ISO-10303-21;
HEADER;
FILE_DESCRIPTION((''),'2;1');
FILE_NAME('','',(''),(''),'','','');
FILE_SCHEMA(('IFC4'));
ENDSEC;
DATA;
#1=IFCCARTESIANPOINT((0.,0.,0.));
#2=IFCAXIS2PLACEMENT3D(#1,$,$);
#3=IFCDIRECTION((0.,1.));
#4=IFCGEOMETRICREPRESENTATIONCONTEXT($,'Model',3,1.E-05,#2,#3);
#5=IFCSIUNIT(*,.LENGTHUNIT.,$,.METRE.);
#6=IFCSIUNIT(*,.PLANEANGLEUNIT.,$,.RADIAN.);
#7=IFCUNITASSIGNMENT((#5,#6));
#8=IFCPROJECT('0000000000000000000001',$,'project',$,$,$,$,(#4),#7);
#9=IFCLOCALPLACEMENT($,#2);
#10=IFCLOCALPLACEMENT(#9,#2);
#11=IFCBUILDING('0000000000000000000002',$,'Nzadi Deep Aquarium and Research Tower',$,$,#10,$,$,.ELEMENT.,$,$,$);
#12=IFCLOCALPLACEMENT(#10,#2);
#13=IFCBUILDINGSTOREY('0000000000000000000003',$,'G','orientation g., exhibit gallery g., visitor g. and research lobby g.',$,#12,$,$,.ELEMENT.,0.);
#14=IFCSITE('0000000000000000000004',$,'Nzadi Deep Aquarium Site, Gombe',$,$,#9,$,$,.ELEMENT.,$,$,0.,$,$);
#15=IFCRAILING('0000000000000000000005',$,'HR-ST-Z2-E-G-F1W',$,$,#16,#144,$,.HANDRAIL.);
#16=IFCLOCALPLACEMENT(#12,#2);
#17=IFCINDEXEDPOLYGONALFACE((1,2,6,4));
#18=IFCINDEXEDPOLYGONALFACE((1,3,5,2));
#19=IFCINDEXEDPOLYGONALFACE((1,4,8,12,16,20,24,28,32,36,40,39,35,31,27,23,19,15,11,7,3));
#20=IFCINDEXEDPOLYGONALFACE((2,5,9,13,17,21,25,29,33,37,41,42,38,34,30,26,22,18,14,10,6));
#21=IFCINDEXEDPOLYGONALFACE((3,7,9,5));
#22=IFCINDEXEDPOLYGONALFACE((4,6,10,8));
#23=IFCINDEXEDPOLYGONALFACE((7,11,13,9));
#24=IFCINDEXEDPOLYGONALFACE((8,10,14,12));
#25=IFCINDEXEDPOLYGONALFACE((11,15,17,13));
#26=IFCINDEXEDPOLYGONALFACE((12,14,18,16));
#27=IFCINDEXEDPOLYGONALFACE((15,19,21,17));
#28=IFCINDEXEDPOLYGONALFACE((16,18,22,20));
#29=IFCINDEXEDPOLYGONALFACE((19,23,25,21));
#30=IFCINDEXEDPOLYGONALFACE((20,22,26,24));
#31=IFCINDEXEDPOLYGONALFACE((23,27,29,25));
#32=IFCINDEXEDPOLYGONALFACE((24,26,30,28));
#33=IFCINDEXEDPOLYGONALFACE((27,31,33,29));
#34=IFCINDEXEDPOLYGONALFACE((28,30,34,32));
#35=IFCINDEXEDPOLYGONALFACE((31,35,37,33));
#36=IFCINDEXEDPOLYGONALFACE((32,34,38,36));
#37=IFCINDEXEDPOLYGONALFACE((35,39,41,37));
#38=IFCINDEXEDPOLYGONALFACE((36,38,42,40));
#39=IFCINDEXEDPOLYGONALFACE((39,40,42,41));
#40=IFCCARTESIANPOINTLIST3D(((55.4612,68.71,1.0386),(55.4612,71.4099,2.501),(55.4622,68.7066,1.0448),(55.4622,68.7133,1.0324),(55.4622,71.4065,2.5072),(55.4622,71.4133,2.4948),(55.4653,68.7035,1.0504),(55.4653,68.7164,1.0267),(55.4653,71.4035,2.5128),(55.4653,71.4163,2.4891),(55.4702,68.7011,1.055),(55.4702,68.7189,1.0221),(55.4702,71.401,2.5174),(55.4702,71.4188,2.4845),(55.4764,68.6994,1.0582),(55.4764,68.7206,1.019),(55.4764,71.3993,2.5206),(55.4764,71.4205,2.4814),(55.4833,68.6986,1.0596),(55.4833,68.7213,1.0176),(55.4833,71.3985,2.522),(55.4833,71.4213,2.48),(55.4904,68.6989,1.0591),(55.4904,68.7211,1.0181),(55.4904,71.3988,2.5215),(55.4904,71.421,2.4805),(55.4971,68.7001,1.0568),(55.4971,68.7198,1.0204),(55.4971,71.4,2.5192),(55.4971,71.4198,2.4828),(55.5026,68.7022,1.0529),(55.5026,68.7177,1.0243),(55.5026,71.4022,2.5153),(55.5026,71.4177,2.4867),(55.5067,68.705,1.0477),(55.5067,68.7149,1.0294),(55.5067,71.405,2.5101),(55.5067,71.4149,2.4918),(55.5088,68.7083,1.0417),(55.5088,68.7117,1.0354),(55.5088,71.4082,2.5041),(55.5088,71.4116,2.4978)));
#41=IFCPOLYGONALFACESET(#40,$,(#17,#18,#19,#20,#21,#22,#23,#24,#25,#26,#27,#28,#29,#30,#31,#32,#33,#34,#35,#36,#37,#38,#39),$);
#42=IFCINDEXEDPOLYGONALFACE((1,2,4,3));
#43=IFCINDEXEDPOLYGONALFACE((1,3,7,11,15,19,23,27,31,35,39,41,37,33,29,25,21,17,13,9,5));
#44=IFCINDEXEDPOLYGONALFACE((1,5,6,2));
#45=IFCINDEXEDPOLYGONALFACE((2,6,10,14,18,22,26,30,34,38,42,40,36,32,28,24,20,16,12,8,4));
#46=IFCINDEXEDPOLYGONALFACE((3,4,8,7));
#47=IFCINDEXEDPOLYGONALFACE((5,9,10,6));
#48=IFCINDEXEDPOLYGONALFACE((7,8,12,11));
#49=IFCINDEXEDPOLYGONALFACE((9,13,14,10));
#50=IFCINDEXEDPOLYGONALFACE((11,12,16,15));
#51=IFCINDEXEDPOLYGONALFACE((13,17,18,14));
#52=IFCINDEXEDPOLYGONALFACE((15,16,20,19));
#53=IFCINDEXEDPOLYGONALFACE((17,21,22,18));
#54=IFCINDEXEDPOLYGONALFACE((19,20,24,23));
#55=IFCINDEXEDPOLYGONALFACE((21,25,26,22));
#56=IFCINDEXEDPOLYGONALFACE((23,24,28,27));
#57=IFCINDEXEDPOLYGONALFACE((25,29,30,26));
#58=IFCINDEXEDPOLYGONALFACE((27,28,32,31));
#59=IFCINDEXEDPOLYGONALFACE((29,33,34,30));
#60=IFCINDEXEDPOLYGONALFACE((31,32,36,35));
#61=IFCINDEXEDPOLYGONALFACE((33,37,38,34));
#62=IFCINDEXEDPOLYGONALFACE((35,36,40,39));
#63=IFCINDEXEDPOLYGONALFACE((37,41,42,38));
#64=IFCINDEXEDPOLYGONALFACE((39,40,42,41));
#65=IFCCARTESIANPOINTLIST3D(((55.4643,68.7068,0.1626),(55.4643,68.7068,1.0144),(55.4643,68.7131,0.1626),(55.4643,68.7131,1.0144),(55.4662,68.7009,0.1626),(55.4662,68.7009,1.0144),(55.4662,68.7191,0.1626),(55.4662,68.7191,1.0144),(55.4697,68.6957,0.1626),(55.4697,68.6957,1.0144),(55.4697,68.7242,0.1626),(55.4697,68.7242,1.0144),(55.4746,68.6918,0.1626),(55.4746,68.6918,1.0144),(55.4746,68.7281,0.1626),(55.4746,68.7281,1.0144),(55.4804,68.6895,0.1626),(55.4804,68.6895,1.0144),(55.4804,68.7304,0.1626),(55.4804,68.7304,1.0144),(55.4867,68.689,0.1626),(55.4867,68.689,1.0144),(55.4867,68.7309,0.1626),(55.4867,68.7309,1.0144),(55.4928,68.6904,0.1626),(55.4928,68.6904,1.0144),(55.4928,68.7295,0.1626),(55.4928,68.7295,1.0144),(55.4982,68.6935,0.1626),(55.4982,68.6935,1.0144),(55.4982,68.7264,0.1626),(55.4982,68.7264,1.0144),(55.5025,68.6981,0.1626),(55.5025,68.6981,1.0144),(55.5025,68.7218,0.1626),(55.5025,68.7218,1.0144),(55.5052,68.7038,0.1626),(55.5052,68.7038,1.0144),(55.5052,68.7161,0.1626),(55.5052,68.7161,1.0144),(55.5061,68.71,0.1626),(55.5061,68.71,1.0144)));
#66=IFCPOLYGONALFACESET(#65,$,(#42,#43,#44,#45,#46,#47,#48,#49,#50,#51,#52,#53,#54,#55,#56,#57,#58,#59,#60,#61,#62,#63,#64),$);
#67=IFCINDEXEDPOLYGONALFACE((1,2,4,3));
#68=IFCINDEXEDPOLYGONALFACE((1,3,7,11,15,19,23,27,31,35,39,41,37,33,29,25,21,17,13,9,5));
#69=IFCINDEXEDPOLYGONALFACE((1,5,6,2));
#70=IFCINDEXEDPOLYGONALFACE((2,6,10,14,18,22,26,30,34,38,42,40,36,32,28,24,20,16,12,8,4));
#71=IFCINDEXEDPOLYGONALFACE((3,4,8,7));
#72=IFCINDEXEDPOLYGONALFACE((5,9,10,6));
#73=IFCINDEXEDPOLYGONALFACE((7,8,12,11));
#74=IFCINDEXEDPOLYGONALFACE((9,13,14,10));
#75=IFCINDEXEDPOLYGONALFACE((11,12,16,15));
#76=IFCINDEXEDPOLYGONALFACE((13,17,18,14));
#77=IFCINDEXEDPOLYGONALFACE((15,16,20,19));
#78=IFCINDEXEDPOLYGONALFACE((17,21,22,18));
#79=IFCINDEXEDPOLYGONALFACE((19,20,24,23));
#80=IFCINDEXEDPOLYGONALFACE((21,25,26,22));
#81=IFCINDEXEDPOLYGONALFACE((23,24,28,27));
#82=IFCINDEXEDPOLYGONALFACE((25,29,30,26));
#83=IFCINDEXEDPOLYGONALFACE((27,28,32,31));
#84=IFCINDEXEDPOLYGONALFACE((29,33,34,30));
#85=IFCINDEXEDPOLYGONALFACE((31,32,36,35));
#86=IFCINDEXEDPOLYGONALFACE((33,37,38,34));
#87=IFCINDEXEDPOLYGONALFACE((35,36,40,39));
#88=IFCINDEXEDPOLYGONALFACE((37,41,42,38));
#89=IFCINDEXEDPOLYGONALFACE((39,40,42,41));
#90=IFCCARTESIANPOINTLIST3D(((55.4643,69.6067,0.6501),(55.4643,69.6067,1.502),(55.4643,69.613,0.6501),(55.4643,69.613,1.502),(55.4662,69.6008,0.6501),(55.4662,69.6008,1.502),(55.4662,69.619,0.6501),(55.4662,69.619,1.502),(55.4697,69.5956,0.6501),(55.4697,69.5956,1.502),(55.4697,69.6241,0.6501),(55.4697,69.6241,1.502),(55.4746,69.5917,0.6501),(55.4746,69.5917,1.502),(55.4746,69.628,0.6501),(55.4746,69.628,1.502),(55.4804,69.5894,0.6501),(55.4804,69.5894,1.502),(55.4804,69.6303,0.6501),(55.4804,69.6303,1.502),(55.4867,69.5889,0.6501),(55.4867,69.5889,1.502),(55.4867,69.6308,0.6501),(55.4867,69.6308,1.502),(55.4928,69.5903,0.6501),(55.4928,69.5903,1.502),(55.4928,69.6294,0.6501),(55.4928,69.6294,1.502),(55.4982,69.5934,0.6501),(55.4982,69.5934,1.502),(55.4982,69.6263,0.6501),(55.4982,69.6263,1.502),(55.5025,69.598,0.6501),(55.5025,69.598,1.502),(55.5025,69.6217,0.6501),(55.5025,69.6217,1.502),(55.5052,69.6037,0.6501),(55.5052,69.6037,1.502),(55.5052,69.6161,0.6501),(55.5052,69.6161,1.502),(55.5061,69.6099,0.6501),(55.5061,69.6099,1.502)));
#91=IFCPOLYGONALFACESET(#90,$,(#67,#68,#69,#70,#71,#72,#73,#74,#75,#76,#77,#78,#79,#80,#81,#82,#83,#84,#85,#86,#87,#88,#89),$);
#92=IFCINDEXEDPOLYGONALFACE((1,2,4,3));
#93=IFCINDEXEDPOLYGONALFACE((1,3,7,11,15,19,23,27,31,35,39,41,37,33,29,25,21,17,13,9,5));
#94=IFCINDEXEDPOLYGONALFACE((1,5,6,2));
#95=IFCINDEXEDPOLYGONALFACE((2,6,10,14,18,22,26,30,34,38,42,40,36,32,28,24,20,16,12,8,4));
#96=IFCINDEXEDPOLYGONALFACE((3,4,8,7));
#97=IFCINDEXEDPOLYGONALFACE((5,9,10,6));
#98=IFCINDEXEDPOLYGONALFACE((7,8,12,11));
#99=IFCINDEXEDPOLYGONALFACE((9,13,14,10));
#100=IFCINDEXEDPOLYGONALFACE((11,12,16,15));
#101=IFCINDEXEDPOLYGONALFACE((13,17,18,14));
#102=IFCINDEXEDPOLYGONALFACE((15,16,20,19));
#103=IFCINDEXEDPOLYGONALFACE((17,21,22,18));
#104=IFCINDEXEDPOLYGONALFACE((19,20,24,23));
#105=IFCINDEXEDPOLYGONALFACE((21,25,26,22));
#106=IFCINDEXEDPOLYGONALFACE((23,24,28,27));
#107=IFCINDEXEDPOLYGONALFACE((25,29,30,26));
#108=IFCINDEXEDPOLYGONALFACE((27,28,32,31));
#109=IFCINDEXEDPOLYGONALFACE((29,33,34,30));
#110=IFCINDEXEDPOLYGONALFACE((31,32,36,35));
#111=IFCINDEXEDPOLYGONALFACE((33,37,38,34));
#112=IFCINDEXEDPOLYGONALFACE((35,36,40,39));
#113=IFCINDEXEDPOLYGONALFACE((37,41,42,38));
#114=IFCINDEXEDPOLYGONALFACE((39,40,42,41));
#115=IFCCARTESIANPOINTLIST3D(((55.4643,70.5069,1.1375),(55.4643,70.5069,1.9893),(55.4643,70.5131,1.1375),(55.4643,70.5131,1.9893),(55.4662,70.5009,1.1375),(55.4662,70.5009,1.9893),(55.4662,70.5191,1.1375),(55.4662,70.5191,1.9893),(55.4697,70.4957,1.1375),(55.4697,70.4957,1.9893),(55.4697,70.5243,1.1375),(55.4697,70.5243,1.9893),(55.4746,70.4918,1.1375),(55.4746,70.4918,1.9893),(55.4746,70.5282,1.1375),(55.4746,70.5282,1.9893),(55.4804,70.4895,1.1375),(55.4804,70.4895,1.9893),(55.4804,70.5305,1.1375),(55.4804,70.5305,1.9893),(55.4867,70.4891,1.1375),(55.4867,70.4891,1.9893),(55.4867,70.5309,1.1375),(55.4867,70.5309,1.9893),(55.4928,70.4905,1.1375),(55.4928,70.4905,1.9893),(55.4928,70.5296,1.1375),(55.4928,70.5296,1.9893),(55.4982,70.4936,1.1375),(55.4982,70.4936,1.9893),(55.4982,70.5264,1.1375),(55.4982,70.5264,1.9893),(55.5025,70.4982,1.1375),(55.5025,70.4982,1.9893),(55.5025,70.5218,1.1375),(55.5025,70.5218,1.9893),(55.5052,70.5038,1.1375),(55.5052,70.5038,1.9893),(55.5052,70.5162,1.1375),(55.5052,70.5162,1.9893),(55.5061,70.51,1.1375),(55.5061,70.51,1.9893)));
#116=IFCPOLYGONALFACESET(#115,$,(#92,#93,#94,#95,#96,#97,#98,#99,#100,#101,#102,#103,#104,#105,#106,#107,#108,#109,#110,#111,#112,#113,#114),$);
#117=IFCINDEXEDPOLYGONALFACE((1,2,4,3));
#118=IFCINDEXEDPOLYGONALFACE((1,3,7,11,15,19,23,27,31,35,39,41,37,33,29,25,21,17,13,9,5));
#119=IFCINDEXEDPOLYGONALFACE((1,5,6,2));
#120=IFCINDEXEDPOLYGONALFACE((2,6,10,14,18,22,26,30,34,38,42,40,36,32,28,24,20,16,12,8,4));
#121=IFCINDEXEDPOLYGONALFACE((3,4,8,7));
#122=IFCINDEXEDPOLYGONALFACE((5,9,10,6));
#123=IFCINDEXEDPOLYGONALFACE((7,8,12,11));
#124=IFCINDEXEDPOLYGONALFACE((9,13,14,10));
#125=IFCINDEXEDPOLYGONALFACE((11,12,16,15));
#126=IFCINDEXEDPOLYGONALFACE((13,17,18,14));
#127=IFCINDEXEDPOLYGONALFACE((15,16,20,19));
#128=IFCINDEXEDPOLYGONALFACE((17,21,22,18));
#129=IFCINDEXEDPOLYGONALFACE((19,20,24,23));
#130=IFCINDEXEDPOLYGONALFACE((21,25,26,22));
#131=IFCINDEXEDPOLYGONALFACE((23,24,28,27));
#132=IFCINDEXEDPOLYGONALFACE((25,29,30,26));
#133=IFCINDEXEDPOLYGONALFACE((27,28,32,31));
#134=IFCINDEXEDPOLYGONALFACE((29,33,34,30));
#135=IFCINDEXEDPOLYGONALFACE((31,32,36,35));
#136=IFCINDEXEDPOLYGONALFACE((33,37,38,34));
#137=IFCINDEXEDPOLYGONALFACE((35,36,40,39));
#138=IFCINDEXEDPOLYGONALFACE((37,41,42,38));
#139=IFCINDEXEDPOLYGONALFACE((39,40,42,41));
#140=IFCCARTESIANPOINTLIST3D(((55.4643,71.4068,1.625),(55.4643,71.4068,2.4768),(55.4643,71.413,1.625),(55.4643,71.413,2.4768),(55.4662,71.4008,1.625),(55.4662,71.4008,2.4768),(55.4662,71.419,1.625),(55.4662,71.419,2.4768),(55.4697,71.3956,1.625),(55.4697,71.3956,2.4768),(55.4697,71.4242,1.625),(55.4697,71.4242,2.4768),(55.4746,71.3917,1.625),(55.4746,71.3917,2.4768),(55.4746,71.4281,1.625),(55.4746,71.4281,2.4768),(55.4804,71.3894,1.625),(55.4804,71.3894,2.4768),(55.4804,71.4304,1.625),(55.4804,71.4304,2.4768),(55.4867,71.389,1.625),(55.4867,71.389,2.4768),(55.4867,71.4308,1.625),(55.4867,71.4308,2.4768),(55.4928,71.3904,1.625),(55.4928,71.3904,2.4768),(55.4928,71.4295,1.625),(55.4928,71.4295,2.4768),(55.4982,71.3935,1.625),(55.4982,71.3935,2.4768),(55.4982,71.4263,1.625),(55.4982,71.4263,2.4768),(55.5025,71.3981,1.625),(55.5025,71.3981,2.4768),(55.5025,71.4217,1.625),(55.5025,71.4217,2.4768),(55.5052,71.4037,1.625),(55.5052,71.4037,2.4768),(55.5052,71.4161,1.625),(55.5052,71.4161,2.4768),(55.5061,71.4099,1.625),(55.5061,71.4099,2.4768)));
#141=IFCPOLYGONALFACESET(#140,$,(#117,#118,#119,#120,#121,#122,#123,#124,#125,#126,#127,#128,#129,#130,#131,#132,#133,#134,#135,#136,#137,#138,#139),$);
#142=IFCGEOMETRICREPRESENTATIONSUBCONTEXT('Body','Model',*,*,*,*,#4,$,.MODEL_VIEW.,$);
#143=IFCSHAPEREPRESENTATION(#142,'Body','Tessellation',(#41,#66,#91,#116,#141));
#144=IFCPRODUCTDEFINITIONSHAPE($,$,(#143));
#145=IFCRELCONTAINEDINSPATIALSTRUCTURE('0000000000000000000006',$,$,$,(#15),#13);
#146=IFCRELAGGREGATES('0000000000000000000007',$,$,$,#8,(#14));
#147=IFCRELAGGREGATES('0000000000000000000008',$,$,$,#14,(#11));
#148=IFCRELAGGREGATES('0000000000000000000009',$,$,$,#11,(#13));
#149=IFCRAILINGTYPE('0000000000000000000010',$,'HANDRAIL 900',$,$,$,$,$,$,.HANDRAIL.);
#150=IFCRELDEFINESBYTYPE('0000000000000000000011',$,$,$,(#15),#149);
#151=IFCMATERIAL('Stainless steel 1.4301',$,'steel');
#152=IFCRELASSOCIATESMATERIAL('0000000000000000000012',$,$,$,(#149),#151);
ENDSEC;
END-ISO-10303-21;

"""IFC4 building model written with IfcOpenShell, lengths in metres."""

from ifc_helpers import new_model, si_unit, direction, frame, origin, origin_2d, place, context, subcontext, project, spatial, circle, extrude, material, type_object, element, save


model = new_model("IFC4")

# Units and contexts
model_context = context("Model", 3, precision=1e-05, world=origin(), true_north=direction((0.0, 1.0)))
body_context = subcontext(model_context, "Body", "Model", "MODEL_VIEW")
ifc_project = project(units=[si_unit("LENGTHUNIT", "METRE"), si_unit("PLANEANGLEUNIT", "RADIAN")], contexts=[model_context])

# Site, building, storey
site_placement = place(None, origin())
site = spatial("IfcSite", under=ifc_project, at=site_placement, Name="Nzadi Deep Aquarium Site, Gombe", CompositionType="ELEMENT", RefElevation=0.0)
building_placement = place(site_placement, origin())
building = spatial("IfcBuilding", under=site, at=building_placement, Name="Nzadi Deep Aquarium and Research Tower", CompositionType="ELEMENT")
storey_placement = place(building_placement, origin())
storey = spatial("IfcBuildingStorey", under=building, at=storey_placement, Name="G", Description="orientation g., exhibit gallery g., visitor g. and research lobby g.", CompositionType="ELEMENT", Elevation=0.0)

# Railing
ifc_material_1 = material(Name="Stainless steel 1.4301", Category="steel")
railing_type = type_object("IfcRailingType", Name="HANDRAIL 900", PredefinedType="HANDRAIL", material=ifc_material_1)
for number, where, name in (
    (1, (55.4851, 68.71, 0.1626), "HR-ST-Z2-E-G-F1W"),
):
    element("IfcRailing", number, at=place(storey_placement, frame(where)), inside=storey, type_object=railing_type, Name=name, PredefinedType="HANDRAIL", context=body_context, shape_type="SweptSolid", body=[
        extrude(circle(Radius=0.0239, at=origin_2d()), frame((0.0, 0.0, 0.876), z_axis=(0.0, 0.879302, 0.476265), x_axis=(-1.0, 0.0, 0.0)), (0.0, 0.0, 1.0), 3.0706),
        extrude(circle(Radius=0.021, at=origin_2d()), origin(), (0.0, 0.0, 1.0), 0.8518),
        extrude(circle(Radius=0.021, at=origin_2d()), frame((0.0, 0.8999, 0.4875)), (0.0, 0.0, 1.0), 0.8518),
        extrude(circle(Radius=0.021, at=origin_2d()), frame((0.0, 1.8, 0.9749)), (0.0, 0.0, 1.0), 0.8518),
        extrude(circle(Radius=0.021, at=origin_2d()), frame((0.0, 2.7, 1.4624)), (0.0, 0.0, 1.0), 0.8518),
    ])

save(model, "model.ifc")
